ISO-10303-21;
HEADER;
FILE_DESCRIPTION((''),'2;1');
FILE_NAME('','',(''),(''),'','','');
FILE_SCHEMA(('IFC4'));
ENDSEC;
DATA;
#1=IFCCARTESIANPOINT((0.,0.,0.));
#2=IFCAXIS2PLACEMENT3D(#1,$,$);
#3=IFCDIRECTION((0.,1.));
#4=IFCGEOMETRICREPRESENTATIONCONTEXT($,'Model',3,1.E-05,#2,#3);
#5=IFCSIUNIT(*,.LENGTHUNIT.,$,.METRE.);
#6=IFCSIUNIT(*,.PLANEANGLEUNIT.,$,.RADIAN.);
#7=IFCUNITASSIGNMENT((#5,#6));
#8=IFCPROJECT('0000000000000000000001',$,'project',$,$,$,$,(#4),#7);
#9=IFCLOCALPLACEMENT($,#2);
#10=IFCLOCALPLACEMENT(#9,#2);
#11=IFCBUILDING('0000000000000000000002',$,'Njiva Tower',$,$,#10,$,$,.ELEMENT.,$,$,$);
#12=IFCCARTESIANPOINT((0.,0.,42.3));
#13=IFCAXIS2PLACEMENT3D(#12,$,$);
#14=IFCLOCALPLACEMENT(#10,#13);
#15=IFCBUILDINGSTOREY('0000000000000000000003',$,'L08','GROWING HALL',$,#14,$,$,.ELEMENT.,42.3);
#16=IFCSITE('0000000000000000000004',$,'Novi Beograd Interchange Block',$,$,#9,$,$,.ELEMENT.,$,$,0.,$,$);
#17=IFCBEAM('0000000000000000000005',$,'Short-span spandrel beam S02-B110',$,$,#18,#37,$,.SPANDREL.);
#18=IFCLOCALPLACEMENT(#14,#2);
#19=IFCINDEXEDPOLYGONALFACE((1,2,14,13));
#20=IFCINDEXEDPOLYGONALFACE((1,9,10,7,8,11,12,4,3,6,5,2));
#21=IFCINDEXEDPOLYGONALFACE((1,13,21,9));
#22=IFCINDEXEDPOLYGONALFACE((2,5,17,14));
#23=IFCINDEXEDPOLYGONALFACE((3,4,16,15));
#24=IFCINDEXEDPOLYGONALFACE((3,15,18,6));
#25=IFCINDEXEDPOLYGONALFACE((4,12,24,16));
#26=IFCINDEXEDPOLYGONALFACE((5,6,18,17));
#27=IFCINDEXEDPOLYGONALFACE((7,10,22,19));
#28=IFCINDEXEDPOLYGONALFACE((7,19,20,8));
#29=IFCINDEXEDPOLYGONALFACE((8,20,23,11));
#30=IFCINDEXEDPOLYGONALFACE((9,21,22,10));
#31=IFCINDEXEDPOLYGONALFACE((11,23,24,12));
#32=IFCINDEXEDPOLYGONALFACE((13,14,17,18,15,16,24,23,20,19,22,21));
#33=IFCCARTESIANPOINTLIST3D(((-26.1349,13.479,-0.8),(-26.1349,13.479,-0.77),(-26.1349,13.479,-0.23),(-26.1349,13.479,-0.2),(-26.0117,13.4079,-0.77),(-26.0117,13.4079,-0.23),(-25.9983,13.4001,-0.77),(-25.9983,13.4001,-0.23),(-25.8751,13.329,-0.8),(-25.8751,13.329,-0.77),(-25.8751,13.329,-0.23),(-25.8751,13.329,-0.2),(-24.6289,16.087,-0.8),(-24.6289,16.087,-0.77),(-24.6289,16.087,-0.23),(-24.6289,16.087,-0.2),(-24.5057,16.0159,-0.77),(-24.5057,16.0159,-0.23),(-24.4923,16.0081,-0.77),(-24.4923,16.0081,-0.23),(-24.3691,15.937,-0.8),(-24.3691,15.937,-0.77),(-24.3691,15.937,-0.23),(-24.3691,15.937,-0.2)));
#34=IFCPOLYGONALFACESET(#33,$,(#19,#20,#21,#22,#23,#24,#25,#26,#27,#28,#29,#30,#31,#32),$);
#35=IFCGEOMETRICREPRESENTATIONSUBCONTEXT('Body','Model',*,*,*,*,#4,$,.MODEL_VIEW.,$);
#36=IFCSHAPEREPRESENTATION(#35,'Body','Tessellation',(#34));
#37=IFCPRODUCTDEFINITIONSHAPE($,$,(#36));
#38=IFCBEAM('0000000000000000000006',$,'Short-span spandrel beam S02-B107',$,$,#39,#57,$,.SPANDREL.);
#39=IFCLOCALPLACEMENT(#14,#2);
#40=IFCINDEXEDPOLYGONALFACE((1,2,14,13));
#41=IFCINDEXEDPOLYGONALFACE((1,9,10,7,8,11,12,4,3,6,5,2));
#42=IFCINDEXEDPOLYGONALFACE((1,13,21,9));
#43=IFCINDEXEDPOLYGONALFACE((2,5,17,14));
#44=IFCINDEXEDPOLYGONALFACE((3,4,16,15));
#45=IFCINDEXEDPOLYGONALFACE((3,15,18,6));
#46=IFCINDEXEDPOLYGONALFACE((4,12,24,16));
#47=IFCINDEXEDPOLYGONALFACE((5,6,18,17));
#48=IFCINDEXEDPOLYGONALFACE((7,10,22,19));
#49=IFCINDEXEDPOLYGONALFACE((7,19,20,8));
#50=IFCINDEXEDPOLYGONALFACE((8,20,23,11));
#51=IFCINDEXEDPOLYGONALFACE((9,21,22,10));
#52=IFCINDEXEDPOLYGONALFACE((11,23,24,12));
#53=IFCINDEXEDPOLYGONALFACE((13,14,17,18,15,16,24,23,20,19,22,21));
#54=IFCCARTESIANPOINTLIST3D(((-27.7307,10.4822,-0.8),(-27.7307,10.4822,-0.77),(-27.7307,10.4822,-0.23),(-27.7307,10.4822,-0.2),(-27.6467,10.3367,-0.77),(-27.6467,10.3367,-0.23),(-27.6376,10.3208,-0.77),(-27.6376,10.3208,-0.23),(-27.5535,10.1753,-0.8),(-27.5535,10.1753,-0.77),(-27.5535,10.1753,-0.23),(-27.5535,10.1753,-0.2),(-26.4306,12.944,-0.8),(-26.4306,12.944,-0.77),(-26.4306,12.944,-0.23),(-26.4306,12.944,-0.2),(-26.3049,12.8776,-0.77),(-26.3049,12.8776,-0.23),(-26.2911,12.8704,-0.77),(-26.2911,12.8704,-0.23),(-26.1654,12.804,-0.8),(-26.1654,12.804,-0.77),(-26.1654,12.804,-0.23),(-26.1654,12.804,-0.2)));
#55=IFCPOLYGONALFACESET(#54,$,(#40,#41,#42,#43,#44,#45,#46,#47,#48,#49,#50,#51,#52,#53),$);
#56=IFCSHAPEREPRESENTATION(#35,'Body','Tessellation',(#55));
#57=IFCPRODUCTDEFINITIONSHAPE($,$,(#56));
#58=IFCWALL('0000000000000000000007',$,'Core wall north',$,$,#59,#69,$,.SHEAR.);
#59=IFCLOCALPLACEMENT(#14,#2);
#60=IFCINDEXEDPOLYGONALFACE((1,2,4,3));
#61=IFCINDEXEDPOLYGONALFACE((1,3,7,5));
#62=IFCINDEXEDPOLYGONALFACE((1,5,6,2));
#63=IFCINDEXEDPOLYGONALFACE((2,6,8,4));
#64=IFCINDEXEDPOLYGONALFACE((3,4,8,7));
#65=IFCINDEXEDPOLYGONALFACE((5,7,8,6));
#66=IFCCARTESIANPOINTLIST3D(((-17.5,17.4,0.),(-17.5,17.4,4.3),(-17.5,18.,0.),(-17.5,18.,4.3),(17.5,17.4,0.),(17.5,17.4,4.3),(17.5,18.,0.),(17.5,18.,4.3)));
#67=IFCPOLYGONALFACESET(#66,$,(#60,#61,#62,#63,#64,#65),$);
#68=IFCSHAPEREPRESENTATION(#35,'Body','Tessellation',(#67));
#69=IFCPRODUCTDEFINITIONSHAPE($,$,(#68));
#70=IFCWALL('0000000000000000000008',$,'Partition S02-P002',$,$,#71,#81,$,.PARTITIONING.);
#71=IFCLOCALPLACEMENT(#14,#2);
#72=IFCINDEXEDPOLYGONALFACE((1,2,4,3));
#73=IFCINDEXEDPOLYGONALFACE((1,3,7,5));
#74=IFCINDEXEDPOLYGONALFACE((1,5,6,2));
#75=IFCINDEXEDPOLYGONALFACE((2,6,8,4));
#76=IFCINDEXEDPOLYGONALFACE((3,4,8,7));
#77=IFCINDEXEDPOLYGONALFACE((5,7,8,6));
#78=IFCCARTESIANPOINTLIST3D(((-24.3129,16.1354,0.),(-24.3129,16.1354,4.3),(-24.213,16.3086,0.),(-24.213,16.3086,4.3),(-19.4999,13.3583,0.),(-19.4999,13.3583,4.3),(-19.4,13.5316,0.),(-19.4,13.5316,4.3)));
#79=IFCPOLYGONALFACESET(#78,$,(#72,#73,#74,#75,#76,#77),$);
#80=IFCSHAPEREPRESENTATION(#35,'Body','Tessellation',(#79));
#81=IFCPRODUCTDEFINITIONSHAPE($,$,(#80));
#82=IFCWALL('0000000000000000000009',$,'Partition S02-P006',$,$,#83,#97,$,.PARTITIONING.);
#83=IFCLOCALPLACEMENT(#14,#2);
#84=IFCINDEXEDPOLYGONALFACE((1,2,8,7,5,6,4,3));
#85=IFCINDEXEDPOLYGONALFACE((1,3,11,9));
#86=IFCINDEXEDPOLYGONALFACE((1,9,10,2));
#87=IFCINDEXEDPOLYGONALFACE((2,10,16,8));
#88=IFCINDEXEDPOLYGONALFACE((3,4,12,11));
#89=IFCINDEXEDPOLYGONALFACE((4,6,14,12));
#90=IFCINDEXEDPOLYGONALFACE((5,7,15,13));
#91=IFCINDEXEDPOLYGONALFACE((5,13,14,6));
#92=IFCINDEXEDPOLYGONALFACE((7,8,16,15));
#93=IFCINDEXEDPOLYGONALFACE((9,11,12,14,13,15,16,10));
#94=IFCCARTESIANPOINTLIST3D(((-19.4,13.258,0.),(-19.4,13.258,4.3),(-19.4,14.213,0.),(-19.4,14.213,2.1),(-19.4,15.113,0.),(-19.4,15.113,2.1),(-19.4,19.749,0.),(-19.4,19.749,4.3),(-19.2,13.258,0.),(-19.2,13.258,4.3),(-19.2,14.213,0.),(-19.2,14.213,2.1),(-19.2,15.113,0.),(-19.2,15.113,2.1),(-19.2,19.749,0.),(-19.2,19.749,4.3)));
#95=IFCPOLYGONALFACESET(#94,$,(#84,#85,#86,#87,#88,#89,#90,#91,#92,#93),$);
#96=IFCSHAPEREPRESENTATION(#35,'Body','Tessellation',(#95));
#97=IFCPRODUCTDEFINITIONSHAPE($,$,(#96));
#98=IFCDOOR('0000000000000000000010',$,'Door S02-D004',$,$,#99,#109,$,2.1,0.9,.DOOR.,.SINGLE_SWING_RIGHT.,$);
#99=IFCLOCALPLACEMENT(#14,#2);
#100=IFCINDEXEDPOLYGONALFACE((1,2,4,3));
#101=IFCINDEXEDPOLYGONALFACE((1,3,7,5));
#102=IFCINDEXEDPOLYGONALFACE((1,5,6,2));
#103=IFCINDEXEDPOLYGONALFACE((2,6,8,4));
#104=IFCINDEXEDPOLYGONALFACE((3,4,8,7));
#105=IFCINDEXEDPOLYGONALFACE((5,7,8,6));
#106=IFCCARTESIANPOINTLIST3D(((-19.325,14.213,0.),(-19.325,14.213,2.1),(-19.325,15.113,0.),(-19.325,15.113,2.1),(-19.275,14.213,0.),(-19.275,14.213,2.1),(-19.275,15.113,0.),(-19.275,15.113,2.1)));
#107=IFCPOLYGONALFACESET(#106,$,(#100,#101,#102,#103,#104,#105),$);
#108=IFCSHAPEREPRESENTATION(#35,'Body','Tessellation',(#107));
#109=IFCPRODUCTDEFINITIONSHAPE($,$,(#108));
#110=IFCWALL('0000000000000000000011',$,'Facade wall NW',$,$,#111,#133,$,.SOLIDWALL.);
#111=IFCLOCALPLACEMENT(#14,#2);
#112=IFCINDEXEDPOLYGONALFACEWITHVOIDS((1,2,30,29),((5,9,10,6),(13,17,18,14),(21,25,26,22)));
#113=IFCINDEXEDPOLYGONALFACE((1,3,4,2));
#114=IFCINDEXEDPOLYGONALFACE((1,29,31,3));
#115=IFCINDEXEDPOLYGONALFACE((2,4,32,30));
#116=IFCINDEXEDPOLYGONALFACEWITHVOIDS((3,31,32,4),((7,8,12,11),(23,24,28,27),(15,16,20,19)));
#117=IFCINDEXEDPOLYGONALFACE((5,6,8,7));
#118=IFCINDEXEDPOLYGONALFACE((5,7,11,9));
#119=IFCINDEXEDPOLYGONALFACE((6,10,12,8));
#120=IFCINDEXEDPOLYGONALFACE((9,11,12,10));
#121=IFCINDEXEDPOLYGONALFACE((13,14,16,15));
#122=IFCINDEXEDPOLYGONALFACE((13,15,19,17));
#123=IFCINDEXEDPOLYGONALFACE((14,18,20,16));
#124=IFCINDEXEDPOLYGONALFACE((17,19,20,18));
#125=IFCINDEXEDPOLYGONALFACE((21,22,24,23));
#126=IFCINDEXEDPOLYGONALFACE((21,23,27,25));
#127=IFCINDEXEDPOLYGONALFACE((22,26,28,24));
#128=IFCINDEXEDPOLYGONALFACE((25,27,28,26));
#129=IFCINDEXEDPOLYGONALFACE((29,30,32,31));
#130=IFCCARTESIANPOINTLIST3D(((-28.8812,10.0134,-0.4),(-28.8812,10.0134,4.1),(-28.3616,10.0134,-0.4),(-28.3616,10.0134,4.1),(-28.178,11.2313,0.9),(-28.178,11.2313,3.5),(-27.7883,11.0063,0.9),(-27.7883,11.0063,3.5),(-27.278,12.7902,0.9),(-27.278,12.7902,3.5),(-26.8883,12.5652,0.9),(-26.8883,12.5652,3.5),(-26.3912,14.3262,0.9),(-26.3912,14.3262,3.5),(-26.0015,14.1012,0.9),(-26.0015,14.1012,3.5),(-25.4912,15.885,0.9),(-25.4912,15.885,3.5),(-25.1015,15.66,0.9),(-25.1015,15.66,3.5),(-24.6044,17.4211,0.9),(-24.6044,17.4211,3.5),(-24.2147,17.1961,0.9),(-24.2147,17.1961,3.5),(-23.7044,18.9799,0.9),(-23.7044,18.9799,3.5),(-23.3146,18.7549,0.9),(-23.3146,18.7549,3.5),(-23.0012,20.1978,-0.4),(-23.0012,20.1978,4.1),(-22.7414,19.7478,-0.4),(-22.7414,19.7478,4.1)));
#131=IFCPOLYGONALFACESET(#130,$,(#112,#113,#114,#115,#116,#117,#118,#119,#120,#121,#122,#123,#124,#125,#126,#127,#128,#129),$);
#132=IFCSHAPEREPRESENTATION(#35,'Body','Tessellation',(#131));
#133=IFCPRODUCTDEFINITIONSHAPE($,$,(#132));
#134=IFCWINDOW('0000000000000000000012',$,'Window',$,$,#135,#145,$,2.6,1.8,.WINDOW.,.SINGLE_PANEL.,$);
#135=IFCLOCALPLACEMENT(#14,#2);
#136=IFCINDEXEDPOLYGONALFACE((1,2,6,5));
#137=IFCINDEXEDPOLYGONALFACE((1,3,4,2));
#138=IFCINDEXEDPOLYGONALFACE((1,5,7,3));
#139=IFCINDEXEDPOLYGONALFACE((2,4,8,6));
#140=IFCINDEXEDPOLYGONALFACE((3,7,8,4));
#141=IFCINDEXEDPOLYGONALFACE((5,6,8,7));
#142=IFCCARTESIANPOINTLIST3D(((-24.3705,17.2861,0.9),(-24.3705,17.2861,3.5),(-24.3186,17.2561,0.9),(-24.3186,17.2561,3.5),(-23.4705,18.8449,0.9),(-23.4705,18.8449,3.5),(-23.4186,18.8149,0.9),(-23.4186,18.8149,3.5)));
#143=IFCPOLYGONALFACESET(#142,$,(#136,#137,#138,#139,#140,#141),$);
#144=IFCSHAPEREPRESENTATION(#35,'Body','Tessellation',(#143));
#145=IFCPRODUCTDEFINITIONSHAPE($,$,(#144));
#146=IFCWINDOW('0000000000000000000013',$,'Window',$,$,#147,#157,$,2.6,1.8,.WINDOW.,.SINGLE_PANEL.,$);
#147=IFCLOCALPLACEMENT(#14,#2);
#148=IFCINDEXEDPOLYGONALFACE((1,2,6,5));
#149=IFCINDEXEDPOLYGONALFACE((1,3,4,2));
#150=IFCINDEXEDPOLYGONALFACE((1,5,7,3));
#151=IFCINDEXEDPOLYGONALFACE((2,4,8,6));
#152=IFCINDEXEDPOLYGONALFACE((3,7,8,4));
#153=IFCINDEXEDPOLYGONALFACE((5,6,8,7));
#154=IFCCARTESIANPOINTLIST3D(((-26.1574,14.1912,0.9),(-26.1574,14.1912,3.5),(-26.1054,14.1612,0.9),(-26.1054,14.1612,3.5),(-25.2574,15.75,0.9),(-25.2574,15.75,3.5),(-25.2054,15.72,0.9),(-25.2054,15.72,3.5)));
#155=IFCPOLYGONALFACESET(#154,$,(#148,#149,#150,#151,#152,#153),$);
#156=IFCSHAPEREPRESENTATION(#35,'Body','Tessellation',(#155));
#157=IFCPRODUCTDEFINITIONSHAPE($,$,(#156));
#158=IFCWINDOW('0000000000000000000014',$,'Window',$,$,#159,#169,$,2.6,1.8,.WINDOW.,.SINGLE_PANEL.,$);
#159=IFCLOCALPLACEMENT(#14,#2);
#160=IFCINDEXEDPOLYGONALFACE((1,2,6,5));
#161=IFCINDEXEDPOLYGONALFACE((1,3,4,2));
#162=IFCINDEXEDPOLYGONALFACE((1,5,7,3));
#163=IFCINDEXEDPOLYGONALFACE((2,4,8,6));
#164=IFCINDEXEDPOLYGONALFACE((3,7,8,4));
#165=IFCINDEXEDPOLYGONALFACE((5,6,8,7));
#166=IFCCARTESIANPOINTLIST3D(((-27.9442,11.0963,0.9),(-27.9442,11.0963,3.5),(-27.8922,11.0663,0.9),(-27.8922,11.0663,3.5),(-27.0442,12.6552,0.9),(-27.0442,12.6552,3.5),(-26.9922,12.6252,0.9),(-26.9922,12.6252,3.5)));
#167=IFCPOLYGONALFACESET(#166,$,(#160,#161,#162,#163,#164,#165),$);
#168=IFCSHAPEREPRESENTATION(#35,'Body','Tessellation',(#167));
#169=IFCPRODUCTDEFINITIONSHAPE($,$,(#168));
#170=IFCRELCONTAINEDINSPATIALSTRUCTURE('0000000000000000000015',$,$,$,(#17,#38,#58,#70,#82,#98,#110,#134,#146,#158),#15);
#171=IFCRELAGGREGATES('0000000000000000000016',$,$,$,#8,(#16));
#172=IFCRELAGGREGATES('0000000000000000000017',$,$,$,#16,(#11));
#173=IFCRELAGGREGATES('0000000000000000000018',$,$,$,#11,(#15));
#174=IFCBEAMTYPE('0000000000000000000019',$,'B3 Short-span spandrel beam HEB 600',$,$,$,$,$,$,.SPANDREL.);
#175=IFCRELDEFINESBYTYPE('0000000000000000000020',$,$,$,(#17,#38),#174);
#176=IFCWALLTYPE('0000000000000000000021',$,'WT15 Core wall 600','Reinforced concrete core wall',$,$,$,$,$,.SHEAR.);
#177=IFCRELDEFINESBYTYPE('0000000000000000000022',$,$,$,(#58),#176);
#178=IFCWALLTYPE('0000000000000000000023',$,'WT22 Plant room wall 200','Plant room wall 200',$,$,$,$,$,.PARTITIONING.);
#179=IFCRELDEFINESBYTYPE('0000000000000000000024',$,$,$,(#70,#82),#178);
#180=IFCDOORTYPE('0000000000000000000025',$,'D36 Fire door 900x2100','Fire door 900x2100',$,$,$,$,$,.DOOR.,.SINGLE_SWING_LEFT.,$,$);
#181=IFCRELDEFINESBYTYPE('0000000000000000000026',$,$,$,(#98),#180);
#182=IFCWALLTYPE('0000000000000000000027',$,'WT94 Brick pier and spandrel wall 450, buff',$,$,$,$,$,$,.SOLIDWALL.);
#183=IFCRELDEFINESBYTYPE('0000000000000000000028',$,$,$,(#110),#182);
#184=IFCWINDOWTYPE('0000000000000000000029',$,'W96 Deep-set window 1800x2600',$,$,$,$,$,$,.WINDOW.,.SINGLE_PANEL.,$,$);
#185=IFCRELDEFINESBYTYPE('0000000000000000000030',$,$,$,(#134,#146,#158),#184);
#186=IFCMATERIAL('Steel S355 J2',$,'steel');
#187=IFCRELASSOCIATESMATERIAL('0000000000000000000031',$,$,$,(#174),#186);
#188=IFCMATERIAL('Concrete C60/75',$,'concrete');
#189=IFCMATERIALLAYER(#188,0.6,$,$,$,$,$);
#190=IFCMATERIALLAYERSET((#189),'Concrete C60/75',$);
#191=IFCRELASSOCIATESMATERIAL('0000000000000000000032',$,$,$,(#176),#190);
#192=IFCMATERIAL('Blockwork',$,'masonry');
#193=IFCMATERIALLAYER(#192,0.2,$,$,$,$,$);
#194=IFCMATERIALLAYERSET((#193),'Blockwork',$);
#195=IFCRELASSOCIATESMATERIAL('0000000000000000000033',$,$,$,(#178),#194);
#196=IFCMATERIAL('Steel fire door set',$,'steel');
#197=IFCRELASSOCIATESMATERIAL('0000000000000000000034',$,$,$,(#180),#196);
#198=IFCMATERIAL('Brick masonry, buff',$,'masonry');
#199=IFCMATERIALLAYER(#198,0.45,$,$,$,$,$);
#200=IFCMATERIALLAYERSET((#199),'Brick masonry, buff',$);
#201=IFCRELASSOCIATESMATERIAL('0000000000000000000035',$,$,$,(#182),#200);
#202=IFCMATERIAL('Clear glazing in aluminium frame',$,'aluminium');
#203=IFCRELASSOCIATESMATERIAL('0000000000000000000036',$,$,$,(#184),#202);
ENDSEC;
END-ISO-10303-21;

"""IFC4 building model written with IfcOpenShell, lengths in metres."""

from ifc_helpers import new_model, si_unit, direction, frame, frame_2d, origin, origin_2d, place, context, subcontext, project, spatial, polyline, rectangle, i_section, outline, extrude, clip, halfspace, material, layer, layer_set, material_profile, profile_set, type_object, element, fill, save


model = new_model("IFC4")

# Units and contexts
model_context = context("Model", 3, precision=1e-05, world=origin(), true_north=direction((0.0, 1.0)))
body_context = subcontext(model_context, "Body", "Model", "MODEL_VIEW")
ifc_project = project(units=[si_unit("LENGTHUNIT", "METRE"), si_unit("PLANEANGLEUNIT", "RADIAN")], contexts=[model_context])

# Site, building, storey
site_placement = place(None, origin())
site = spatial("IfcSite", under=ifc_project, at=site_placement, Name="Novi Beograd Interchange Block", CompositionType="ELEMENT", RefElevation=0.0)
building_placement = place(site_placement, origin())
building = spatial("IfcBuilding", under=site, at=building_placement, Name="Njiva Tower", CompositionType="ELEMENT")
storey_placement = place(building_placement, frame((0.0, 0.0, 42.3)))
storey = spatial("IfcBuildingStorey", under=building, at=storey_placement, Name="L08", Description="GROWING HALL", CompositionType="ELEMENT", Elevation=42.3)

# Shared definitions
ifc_material_1 = material(Name="Steel S355 J2", Category="steel")

# Beams
ifc_material_profile_1 = material_profile(ifc_material_1, i_section(OverallWidth=0.3, OverallDepth=0.6, WebThickness=0.0155, FlangeThickness=0.03, at=origin_2d()), Name="HEB 600")
ifc_profile_set_1 = profile_set([ifc_material_profile_1], Name="Steel S355 J2")
beam_type_1 = type_object("IfcBeamType", Name="B3 Short-span spandrel beam HEB 600", PredefinedType="SPANDREL", material=ifc_profile_set_1)
beam_1_placement = place(storey_placement, frame((-24.499, 16.012, -0.5), z_axis=(-0.500067, -0.865987, 0.0), x_axis=(0.865987, -0.500067, 0.0)))
element("IfcBeam", 1, at=beam_1_placement, inside=storey, type_object=beam_type_1, Name="Short-span spandrel beam S02-B110", PredefinedType="SPANDREL", context=body_context, shape_type="SweptSolid", body=[
    extrude(i_section(OverallWidth=0.3, OverallDepth=0.6, WebThickness=0.0155, FlangeThickness=0.03, at=origin_2d()), origin(), (0.0, 0.0, 1.0), 3.0116),
])
beam_2_placement = place(storey_placement, frame((-26.298, 12.874, -0.5), z_axis=(-0.466978, -0.884269, 0.0), x_axis=(0.884269, -0.466978, 0.0)))
element("IfcBeam", 2, at=beam_2_placement, inside=storey, type_object=beam_type_1, Name="Short-span spandrel beam S02-B107", PredefinedType="SPANDREL", context=body_context, shape_type="Clipping", body=[
    clip(extrude(i_section(OverallWidth=0.3, OverallDepth=0.6, WebThickness=0.0155, FlangeThickness=0.03, at=origin_2d()), origin(), (0.0, 0.0, 1.0), 2.9921), halfspace(frame((-0.0265, 0.0, 2.8617), z_axis=(-0.532313, 0.0, 0.846548), x_axis=(0.0, 1.0, 0.0)), False)),
])

# Walls
ifc_material_2 = material(Name="Concrete C60/75", Category="concrete")
ifc_layer_1 = layer(ifc_material_2, 0.6)
ifc_layer_set_1 = layer_set([ifc_layer_1], Name="Concrete C60/75")
wall_type_1 = type_object("IfcWallType", Name="WT15 Core wall 600", Description="Reinforced concrete core wall", PredefinedType="SHEAR", material=ifc_layer_set_1)
wall_1_placement = place(storey_placement, frame((-17.5, 17.7, 0.0), z_axis=(0.0, 0.0, 1.0), x_axis=(1.0, 0.0, 0.0)))
element("IfcWall", 3, at=wall_1_placement, inside=storey, type_object=wall_type_1, Name="Core wall north", PredefinedType="SHEAR", context=body_context, shape_type="SweptSolid", body=[
    extrude(rectangle(XDim=35.0, YDim=0.6, at=frame_2d((17.5, 0.0))), origin(), (0.0, 0.0, 1.0), 4.3),
])
ifc_material_3 = material(Name="Blockwork", Category="masonry")
ifc_layer_2 = layer(ifc_material_3, 0.2)
ifc_layer_set_2 = layer_set([ifc_layer_2], Name="Blockwork")
wall_type_2 = type_object("IfcWallType", Name="WT22 Plant room wall 200", Description="Plant room wall 200", PredefinedType="PARTITIONING", material=ifc_layer_set_2)
wall_2_placement = place(storey_placement, frame((-24.263, 16.222, 0.0), z_axis=(0.0, 0.0, 1.0), x_axis=(0.866165, -0.499759, 0.0)))
element("IfcWall", 4, at=wall_2_placement, inside=storey, type_object=wall_type_2, Name="Partition S02-P002", PredefinedType="PARTITIONING", context=body_context, shape_type="SweptSolid", body=[
    extrude(rectangle(XDim=5.5567, YDim=0.2, at=frame_2d((2.7784, 0.0))), origin(), (0.0, 0.0, 1.0), 4.3),
])

# Wall, opening, door
wall_3_placement = place(storey_placement, frame((-19.3, 13.258, 0.0), z_axis=(0.0, 0.0, 1.0), x_axis=(0.0, 1.0, 0.0)))
wall_3 = element("IfcWall", 5, at=wall_3_placement, inside=storey, type_object=wall_type_2, Name="Partition S02-P006", PredefinedType="PARTITIONING", context=body_context, shape_type="SweptSolid", body=[
    extrude(rectangle(XDim=6.491, YDim=0.2, at=frame_2d((3.2455, 0.0))), origin(), (0.0, 0.0, 1.0), 4.3),
])
opening_1_placement = place(wall_3_placement, frame((0.955, 0.0, 0.0)))
opening_1 = element("IfcOpeningElement", 6, at=opening_1_placement, cuts=wall_3, PredefinedType="OPENING", context=body_context, shape_type="SweptSolid", body=[
    extrude(rectangle(XDim=0.9, YDim=2.1, at=frame_2d((0.45, 1.05))), frame((0.0, 0.11, 0.0), z_axis=(0.0, -1.0, 0.0), x_axis=(1.0, 0.0, 0.0)), (0.0, 0.0, 1.0), 0.22),
])
ifc_material_4 = material(Name="Steel fire door set", Category="steel")
door_type = type_object("IfcDoorType", Name="D36 Fire door 900x2100", Description="Fire door 900x2100", OperationType="SINGLE_SWING_LEFT", PredefinedType="DOOR", material=ifc_material_4)
door_placement = place(opening_1_placement, origin())
door = element("IfcDoor", 7, at=door_placement, inside=storey, type_object=door_type, Name="Door S02-D004", OperationType="SINGLE_SWING_RIGHT", OverallHeight=2.1, OverallWidth=0.9, PredefinedType="DOOR", context=body_context, shape_type="SweptSolid", body=[
    extrude(rectangle(XDim=0.9, YDim=2.1, at=frame_2d((0.45, 1.05))), frame((0.0, 0.025, 0.0), z_axis=(0.0, -1.0, 0.0), x_axis=(1.0, 0.0, 0.0)), (0.0, 0.0, 1.0), 0.05),
])
fill(opening_1, door)

# Wall, openings, windows
ifc_material_5 = material(Name="Brick masonry, buff", Category="masonry")
ifc_layer_3 = layer(ifc_material_5, 0.45)
ifc_layer_set_3 = layer_set([ifc_layer_3], Name="Brick masonry, buff")
wall_type_3 = type_object("IfcWallType", Name="WT94 Brick pier and spandrel wall 450, buff", PredefinedType="SOLIDWALL", material=ifc_layer_set_3)
wall_4_placement = place(storey_placement, frame((-22.8713, 19.9728, -0.4), z_axis=(0.0, 0.0, 1.0), x_axis=(-0.500002, -0.866024, 0.0)))
wall_4 = element("IfcWall", 8, at=wall_4_placement, inside=storey, type_object=wall_type_3, Name="Facade wall NW", PredefinedType="SOLIDWALL", context=body_context, shape_type="SweptSolid", body=[
    extrude(outline(polyline([(-0.1299, -0.225), (11.63, -0.225), (11.3702, 0.225), (0.1299, 0.225), (-0.1299, -0.225)])), origin(), (0.0, 0.0, 1.0), 4.5),
])
opening_2_placement = place(wall_4_placement, frame((1.2764, 0.0, 1.3)))
opening_2 = element("IfcOpeningElement", 9, at=opening_2_placement, cuts=wall_4, PredefinedType="OPENING", context=body_context, shape_type="SweptSolid", body=[
    extrude(rectangle(XDim=1.8, YDim=2.6, at=frame_2d((0.9, 1.3))), frame((0.0, 0.235, 0.0), z_axis=(0.0, -1.0, 0.0), x_axis=(1.0, 0.0, 0.0)), (0.0, 0.0, 1.0), 0.47),
])
opening_3_placement = place(wall_4_placement, frame((4.8501, 0.0, 1.3)))
opening_3 = element("IfcOpeningElement", 10, at=opening_3_placement, cuts=wall_4, PredefinedType="OPENING", context=body_context, shape_type="SweptSolid", body=[
    extrude(rectangle(XDim=1.8, YDim=2.6, at=frame_2d((0.9, 1.3))), frame((0.0, 0.235, 0.0), z_axis=(0.0, -1.0, 0.0), x_axis=(1.0, 0.0, 0.0)), (0.0, 0.0, 1.0), 0.47),
])
opening_4_placement = place(wall_4_placement, frame((8.4237, 0.0, 1.3)))
opening_4 = element("IfcOpeningElement", 11, at=opening_4_placement, cuts=wall_4, PredefinedType="OPENING", context=body_context, shape_type="SweptSolid", body=[
    extrude(rectangle(XDim=1.8, YDim=2.6, at=frame_2d((0.9, 1.3))), frame((0.0, 0.235, 0.0), z_axis=(0.0, -1.0, 0.0), x_axis=(1.0, 0.0, 0.0)), (0.0, 0.0, 1.0), 0.47),
])
ifc_material_6 = material(Name="Clear glazing in aluminium frame", Category="aluminium")
window_type = type_object("IfcWindowType", Name="W96 Deep-set window 1800x2600", PartitioningType="SINGLE_PANEL", PredefinedType="WINDOW", material=ifc_material_6)
window_1_placement = place(opening_2_placement, origin())
window_1 = element("IfcWindow", 12, at=window_1_placement, inside=storey, type_object=window_type, Name="Window", OverallHeight=2.6, OverallWidth=1.8, PartitioningType="SINGLE_PANEL", PredefinedType="WINDOW", context=body_context, shape_type="SweptSolid", body=[
    extrude(rectangle(XDim=1.8, YDim=2.6, at=frame_2d((0.9, 1.3))), frame((0.0, 0.105, 0.0), z_axis=(0.0, -1.0, 0.0), x_axis=(1.0, 0.0, 0.0)), (0.0, 0.0, 1.0), 0.06),
])
fill(opening_2, window_1)
window_2_placement = place(opening_3_placement, origin())
window_2 = element("IfcWindow", 13, at=window_2_placement, inside=storey, type_object=window_type, Name="Window", OverallHeight=2.6, OverallWidth=1.8, PartitioningType="SINGLE_PANEL", PredefinedType="WINDOW", context=body_context, shape_type="SweptSolid", body=[
    extrude(rectangle(XDim=1.8, YDim=2.6, at=frame_2d((0.9, 1.3))), frame((0.0, 0.105, 0.0), z_axis=(0.0, -1.0, 0.0), x_axis=(1.0, 0.0, 0.0)), (0.0, 0.0, 1.0), 0.06),
])
fill(opening_3, window_2)
window_3_placement = place(opening_4_placement, origin())
window_3 = element("IfcWindow", 14, at=window_3_placement, inside=storey, type_object=window_type, Name="Window", OverallHeight=2.6, OverallWidth=1.8, PartitioningType="SINGLE_PANEL", PredefinedType="WINDOW", context=body_context, shape_type="SweptSolid", body=[
    extrude(rectangle(XDim=1.8, YDim=2.6, at=frame_2d((0.9, 1.3))), frame((0.0, 0.105, 0.0), z_axis=(0.0, -1.0, 0.0), x_axis=(1.0, 0.0, 0.0)), (0.0, 0.0, 1.0), 0.06),
])
fill(opening_4, window_3)

save(model, "model.ifc")
